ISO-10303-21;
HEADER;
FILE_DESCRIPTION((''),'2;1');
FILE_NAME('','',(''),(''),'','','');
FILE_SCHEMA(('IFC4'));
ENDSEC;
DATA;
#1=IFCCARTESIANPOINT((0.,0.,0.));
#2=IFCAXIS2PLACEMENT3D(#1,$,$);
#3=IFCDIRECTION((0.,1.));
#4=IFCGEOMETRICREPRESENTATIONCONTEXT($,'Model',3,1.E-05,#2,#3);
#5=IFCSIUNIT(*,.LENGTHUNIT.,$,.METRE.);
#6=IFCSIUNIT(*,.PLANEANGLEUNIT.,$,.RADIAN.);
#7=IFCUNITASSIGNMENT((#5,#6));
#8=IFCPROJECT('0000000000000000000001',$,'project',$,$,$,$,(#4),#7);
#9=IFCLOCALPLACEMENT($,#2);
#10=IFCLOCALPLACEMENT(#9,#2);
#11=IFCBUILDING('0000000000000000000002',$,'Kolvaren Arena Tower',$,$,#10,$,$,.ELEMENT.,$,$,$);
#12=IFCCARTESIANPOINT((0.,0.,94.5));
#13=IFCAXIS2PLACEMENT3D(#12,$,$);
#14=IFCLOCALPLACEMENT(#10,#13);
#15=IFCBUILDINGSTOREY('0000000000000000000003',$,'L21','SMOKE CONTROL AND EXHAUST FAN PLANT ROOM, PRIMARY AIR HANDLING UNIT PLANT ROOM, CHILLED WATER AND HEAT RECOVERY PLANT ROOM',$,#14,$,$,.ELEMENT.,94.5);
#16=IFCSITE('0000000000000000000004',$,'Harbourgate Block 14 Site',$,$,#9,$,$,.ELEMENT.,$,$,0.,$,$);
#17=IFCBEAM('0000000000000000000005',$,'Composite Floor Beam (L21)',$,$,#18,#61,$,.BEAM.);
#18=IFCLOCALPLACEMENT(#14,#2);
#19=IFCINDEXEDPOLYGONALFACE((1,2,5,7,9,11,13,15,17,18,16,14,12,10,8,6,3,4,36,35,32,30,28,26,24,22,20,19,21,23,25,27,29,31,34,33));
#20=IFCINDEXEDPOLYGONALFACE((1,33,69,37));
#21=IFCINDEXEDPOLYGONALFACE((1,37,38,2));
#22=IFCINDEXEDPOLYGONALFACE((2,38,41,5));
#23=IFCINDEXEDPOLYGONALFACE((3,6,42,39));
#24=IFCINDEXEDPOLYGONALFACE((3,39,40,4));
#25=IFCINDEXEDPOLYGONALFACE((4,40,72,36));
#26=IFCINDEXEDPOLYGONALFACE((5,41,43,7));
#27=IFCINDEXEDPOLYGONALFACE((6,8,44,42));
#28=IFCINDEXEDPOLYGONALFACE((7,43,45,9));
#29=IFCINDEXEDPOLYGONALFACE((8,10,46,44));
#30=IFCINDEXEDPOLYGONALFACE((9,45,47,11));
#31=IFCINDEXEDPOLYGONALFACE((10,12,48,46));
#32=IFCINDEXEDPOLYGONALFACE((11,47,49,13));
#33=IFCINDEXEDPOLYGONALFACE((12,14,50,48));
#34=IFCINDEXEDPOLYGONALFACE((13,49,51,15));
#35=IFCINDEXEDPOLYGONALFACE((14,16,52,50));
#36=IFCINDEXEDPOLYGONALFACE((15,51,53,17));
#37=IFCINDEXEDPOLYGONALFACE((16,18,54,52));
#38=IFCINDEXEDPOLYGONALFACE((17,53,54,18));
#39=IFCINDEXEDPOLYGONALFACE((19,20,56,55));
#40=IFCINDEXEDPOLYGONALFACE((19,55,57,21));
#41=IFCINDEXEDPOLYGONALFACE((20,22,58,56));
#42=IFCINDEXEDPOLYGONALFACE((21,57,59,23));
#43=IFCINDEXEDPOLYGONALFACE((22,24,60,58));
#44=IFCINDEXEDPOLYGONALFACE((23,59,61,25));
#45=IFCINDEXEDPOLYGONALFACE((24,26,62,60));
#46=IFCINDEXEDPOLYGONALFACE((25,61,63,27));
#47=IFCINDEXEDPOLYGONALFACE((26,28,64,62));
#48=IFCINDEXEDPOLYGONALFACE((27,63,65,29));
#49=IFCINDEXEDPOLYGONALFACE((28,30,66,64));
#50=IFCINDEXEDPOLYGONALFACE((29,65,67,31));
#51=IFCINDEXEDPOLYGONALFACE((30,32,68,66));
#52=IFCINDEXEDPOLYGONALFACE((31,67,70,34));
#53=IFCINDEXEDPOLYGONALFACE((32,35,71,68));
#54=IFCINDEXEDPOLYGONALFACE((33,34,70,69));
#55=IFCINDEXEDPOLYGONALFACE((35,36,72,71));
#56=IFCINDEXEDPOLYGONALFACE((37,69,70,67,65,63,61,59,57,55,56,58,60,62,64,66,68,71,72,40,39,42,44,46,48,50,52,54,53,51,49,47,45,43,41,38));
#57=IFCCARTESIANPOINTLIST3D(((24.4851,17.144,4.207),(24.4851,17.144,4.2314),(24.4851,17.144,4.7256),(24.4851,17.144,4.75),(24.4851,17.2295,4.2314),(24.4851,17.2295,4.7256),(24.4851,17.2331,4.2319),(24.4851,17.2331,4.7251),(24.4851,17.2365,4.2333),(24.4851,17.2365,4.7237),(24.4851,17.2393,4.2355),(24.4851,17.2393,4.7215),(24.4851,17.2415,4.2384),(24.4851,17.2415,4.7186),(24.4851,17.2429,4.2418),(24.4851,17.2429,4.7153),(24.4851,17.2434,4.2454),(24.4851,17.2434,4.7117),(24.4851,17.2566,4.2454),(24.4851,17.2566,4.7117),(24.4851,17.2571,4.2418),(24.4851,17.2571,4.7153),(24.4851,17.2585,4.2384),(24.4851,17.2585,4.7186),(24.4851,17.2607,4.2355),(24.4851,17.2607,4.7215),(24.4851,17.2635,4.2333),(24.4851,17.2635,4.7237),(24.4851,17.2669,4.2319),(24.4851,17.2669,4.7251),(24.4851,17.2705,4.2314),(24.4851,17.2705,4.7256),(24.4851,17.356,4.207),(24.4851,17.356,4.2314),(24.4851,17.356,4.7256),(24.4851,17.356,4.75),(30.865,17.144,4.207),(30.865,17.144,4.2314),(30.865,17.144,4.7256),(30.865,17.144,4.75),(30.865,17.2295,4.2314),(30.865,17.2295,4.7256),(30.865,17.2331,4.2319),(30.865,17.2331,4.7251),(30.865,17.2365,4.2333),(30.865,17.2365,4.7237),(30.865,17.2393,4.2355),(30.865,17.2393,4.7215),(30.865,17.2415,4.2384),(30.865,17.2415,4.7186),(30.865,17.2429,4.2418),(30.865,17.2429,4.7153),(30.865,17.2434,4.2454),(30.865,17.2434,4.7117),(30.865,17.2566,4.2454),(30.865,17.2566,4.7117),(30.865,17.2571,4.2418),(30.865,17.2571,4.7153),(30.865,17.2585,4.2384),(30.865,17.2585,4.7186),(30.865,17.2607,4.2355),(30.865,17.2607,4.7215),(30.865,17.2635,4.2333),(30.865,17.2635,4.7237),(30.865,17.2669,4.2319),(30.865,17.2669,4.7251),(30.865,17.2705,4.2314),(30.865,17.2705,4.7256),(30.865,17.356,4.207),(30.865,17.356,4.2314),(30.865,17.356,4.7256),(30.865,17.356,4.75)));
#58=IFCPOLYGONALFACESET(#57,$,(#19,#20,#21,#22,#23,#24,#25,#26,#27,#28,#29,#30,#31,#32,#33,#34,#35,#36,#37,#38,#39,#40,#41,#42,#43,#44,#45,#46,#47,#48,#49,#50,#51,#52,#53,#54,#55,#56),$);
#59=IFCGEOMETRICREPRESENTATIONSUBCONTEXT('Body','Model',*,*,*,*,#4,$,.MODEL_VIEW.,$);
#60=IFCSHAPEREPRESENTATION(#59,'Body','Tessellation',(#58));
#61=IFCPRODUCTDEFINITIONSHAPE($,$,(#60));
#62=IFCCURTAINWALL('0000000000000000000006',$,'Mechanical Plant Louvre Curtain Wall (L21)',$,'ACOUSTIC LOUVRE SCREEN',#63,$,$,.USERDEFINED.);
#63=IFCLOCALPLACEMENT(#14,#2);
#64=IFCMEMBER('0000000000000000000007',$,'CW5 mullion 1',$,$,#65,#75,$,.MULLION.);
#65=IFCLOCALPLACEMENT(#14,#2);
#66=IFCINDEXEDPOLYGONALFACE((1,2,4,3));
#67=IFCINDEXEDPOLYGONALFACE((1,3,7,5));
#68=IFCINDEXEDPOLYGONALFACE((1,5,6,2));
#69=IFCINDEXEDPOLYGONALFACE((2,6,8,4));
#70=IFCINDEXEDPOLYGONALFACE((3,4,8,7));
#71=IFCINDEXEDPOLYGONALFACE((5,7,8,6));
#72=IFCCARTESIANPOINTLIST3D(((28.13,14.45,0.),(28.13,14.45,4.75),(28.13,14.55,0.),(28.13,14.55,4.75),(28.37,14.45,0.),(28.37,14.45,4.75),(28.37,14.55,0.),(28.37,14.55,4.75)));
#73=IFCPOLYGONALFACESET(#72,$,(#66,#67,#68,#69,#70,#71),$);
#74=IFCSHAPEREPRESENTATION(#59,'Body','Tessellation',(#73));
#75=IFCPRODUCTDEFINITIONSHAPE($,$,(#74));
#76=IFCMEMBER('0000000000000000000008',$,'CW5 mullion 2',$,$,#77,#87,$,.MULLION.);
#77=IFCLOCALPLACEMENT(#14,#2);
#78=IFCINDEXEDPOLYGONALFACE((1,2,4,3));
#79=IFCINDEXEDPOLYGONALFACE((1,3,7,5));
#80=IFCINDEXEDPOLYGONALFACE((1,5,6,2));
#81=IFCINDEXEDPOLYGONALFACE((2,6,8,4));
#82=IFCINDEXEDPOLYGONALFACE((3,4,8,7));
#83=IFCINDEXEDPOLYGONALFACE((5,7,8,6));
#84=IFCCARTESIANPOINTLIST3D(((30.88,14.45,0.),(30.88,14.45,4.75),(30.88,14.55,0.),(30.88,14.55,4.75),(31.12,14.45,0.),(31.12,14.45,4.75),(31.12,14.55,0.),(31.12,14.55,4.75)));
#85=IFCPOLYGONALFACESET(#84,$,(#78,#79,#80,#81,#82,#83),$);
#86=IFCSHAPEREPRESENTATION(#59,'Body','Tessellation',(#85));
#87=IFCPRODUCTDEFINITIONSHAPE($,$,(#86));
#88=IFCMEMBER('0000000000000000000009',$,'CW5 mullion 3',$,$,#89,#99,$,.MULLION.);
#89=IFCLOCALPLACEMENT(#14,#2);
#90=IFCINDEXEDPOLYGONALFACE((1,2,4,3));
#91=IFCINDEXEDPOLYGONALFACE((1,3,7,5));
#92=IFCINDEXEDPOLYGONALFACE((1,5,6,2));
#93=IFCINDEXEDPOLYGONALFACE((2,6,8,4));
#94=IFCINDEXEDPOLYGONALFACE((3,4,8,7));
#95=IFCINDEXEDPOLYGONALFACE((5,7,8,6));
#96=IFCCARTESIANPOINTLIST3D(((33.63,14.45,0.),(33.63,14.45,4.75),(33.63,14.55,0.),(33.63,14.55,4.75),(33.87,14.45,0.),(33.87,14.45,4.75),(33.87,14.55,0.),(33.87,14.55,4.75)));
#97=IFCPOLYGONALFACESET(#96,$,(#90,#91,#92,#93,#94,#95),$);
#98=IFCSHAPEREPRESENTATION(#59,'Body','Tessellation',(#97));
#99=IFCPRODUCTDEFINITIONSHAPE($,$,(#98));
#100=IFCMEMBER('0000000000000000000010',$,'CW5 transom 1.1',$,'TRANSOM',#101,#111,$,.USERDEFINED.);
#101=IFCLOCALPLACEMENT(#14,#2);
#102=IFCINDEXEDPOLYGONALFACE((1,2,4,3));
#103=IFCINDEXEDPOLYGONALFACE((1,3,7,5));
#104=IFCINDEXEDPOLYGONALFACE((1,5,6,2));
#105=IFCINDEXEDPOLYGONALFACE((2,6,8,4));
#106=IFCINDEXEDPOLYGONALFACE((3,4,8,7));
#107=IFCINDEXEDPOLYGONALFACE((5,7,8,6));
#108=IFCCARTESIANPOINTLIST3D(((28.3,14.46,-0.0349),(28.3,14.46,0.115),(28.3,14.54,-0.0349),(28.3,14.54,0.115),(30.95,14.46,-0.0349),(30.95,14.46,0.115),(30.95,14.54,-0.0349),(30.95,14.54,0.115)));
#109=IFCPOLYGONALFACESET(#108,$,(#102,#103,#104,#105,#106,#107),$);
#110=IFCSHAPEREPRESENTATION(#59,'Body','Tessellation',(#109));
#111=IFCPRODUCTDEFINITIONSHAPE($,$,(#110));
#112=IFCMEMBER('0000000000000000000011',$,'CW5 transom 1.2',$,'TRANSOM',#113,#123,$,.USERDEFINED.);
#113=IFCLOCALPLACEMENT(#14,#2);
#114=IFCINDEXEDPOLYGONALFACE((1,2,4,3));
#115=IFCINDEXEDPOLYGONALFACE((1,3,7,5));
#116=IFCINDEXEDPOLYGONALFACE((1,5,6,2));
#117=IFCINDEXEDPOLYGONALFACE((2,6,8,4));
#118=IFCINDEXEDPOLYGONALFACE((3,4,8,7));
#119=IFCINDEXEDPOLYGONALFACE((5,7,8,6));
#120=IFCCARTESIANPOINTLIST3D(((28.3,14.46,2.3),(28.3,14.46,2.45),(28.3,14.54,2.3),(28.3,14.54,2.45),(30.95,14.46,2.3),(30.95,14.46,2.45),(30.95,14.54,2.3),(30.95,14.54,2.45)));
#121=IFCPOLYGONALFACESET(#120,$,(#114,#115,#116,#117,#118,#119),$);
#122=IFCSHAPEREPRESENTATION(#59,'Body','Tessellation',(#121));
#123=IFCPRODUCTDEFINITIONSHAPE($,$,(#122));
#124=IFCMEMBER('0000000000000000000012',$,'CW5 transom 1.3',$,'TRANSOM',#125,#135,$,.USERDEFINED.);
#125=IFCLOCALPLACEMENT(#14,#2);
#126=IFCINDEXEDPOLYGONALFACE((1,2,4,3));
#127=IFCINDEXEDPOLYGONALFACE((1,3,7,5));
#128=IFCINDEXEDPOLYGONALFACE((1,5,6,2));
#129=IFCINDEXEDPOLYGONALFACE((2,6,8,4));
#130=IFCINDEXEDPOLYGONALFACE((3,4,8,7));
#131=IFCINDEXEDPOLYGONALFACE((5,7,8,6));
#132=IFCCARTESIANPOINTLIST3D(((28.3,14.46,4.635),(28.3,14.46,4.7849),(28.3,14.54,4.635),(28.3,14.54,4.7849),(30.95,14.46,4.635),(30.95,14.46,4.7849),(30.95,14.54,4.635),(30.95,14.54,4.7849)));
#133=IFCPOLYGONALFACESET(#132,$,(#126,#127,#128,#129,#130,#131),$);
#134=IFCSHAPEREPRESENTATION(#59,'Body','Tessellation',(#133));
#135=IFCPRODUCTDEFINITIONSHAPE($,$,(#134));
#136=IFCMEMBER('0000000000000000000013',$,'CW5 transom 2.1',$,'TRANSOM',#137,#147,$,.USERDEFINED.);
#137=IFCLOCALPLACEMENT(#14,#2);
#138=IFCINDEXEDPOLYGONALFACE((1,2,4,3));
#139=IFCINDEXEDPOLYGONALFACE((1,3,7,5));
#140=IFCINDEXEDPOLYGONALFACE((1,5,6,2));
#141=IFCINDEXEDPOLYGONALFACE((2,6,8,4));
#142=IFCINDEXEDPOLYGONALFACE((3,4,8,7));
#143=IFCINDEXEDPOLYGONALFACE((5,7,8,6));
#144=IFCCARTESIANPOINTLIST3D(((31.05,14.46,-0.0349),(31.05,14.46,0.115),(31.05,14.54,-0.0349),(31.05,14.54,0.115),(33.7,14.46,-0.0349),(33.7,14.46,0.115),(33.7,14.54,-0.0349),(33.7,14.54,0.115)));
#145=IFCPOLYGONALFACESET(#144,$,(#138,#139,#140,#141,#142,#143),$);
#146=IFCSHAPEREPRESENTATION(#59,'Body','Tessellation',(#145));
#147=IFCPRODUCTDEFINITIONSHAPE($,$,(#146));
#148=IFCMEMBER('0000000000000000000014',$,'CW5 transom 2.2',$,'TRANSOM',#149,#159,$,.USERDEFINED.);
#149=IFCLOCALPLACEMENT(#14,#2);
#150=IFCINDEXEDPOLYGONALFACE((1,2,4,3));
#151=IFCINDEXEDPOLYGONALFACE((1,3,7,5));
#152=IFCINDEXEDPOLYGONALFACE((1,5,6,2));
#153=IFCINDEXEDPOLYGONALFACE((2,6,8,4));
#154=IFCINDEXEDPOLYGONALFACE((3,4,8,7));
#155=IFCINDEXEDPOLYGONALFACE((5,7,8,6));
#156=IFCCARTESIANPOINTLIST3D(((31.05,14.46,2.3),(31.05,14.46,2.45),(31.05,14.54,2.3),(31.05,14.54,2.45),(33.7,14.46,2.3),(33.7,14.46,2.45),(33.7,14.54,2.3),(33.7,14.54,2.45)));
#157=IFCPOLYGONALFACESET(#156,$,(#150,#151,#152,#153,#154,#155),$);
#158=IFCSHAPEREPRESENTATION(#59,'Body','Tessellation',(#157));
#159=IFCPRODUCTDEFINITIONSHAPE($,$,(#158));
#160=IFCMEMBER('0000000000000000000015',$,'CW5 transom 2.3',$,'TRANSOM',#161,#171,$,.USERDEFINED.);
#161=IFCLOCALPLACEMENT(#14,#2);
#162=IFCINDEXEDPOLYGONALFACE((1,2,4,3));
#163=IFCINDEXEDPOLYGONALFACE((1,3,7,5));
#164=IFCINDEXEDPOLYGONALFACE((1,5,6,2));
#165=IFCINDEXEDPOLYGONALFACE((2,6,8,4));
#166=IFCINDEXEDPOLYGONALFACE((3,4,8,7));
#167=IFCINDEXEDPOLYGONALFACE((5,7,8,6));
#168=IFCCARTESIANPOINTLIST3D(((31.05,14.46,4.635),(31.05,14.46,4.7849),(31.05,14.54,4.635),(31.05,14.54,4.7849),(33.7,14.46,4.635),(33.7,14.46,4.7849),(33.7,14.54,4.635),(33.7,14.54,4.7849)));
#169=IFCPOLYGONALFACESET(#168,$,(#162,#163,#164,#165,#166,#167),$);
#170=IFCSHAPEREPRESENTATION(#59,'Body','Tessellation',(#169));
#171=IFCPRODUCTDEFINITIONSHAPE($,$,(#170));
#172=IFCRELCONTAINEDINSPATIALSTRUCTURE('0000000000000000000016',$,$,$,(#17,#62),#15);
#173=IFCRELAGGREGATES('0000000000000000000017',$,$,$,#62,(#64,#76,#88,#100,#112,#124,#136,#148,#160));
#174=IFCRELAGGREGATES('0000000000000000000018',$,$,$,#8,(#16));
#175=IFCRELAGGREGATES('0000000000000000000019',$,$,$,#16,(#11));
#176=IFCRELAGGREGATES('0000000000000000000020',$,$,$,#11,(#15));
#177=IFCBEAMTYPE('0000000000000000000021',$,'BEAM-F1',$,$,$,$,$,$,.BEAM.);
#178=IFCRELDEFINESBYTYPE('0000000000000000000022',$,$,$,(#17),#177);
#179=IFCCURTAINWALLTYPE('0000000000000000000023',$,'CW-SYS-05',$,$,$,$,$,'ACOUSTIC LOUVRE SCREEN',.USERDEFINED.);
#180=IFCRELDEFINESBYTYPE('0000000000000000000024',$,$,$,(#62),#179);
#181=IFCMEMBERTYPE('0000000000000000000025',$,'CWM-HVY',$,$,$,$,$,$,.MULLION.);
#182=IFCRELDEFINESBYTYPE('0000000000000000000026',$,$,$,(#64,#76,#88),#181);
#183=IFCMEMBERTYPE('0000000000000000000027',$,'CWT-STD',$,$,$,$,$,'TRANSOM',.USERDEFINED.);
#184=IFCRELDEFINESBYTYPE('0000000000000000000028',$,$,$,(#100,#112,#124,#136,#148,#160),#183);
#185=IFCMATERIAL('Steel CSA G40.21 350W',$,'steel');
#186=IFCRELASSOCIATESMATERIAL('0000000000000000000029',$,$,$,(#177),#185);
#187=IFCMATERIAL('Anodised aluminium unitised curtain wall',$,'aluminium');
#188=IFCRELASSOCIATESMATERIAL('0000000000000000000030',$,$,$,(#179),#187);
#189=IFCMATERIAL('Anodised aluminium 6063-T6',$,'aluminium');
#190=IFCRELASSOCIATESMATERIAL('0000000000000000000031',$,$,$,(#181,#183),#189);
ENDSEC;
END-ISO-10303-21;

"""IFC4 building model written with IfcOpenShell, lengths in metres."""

from ifc_helpers import new_model, si_unit, direction, frame, origin, origin_2d, place, context, subcontext, project, spatial, rectangle, i_section, extrude, material, material_profile, profile_set, type_object, element, aggregate, save


model = new_model("IFC4")

# Units and contexts
model_context = context("Model", 3, precision=1e-05, world=origin(), true_north=direction((0.0, 1.0)))
body_context = subcontext(model_context, "Body", "Model", "MODEL_VIEW")
ifc_project = project(units=[si_unit("LENGTHUNIT", "METRE"), si_unit("PLANEANGLEUNIT", "RADIAN")], contexts=[model_context])

# Site, building, storey
site_placement = place(None, origin())
site = spatial("IfcSite", under=ifc_project, at=site_placement, Name="Harbourgate Block 14 Site", CompositionType="ELEMENT", RefElevation=0.0)
building_placement = place(site_placement, origin())
building = spatial("IfcBuilding", under=site, at=building_placement, Name="Kolvaren Arena Tower", CompositionType="ELEMENT")
storey_placement = place(building_placement, frame((0.0, 0.0, 94.5)))
storey = spatial("IfcBuildingStorey", under=building, at=storey_placement, Name="L21", Description="SMOKE CONTROL AND EXHAUST FAN PLANT ROOM, PRIMARY AIR HANDLING UNIT PLANT ROOM, CHILLED WATER AND HEAT RECOVERY PLANT ROOM", CompositionType="ELEMENT", Elevation=94.5)

# Beam
ifc_material_1 = material(Name="Steel CSA G40.21 350W", Category="steel")
ifc_material_profile_1 = material_profile(ifc_material_1, i_section(OverallWidth=0.2119, OverallDepth=0.543, WebThickness=0.0132, FlangeThickness=0.0244, FilletRadius=0.0139, at=origin_2d()), Name="W530x150")
ifc_profile_set_1 = profile_set([ifc_material_profile_1], Name="Steel CSA G40.21 350W")
beam_type_1 = type_object("IfcBeamType", Name="BEAM-F1", PredefinedType="BEAM", material=ifc_profile_set_1)
beam_1_placement = place(storey_placement, frame((24.4851, 17.25, 4.4785), z_axis=(1.0, 0.0, 0.0), x_axis=(0.0, 1.0, 0.0)))
element("IfcBeam", 1, at=beam_1_placement, inside=storey, type_object=beam_type_1, Name="Composite Floor Beam (L21)", PredefinedType="BEAM", context=body_context, shape_type="SweptSolid", body=[
    extrude(i_section(OverallWidth=0.2119, OverallDepth=0.543, WebThickness=0.0132, FlangeThickness=0.0244, FilletRadius=0.0139, at=origin_2d()), origin(), (0.0, 0.0, 1.0), 6.3799),
])

# Curtain wall, members
ifc_material_2 = material(Name="Anodised aluminium unitised curtain wall", Category="aluminium")
curtain_wall_type = type_object("IfcCurtainWallType", Name="CW-SYS-05", ElementType="ACOUSTIC LOUVRE SCREEN", PredefinedType="USERDEFINED", material=ifc_material_2)
curtain_wall_placement = place(storey_placement, origin())
curtain_wall = element("IfcCurtainWall", 2, at=curtain_wall_placement, inside=storey, type_object=curtain_wall_type, Name="Mechanical Plant Louvre Curtain Wall (L21)", ObjectType="ACOUSTIC LOUVRE SCREEN", PredefinedType="USERDEFINED")
ifc_material_3 = material(Name="Anodised aluminium 6063-T6", Category="aluminium")
ifc_material_profile_2 = material_profile(ifc_material_3, rectangle(XDim=0.1001, YDim=0.24, at=origin_2d()), Name="ALU-100x240")
ifc_profile_set_2 = profile_set([ifc_material_profile_2], Name="Anodised aluminium 6063-T6")
member_type_1 = type_object("IfcMemberType", Name="CWM-HVY", PredefinedType="MULLION", material=ifc_profile_set_2)
member_1_placement = place(storey_placement, frame((28.25, 14.5, 0.0), z_axis=(0.0, 0.0, 1.0), x_axis=(0.0, 1.0, 0.0)))
member_1 = element("IfcMember", 3, at=member_1_placement, type_object=member_type_1, Name="CW5 mullion 1", PredefinedType="MULLION", context=body_context, shape_type="SweptSolid", body=[
    extrude(rectangle(XDim=0.1001, YDim=0.24, at=origin_2d()), origin(), (0.0, 0.0, 1.0), 4.75),
])
member_2_placement = place(storey_placement, frame((31.0, 14.5, 0.0), z_axis=(0.0, 0.0, 1.0), x_axis=(0.0, 1.0, 0.0)))
member_2 = element("IfcMember", 4, at=member_2_placement, type_object=member_type_1, Name="CW5 mullion 2", PredefinedType="MULLION", context=body_context, shape_type="SweptSolid", body=[
    extrude(rectangle(XDim=0.1001, YDim=0.24, at=origin_2d()), origin(), (0.0, 0.0, 1.0), 4.75),
])
member_3_placement = place(storey_placement, frame((33.75, 14.5, 0.0), z_axis=(0.0, 0.0, 1.0), x_axis=(0.0, 1.0, 0.0)))
member_3 = element("IfcMember", 5, at=member_3_placement, type_object=member_type_1, Name="CW5 mullion 3", PredefinedType="MULLION", context=body_context, shape_type="SweptSolid", body=[
    extrude(rectangle(XDim=0.1001, YDim=0.24, at=origin_2d()), origin(), (0.0, 0.0, 1.0), 4.75),
])
ifc_material_profile_3 = material_profile(ifc_material_3, rectangle(XDim=0.0801, YDim=0.1499, at=origin_2d()), Name="ALU-80x150")
ifc_profile_set_3 = profile_set([ifc_material_profile_3], Name="Anodised aluminium 6063-T6")
member_type_2 = type_object("IfcMemberType", Name="CWT-STD", ElementType="TRANSOM", PredefinedType="USERDEFINED", material=ifc_profile_set_3)
member_4_placement = place(storey_placement, frame((28.3, 14.5, 0.04), z_axis=(1.0, 0.0, 0.0), x_axis=(0.0, 1.0, 0.0)))
member_4 = element("IfcMember", 6, at=member_4_placement, type_object=member_type_2, Name="CW5 transom 1.1", ObjectType="TRANSOM", PredefinedType="USERDEFINED", context=body_context, shape_type="SweptSolid", body=[
    extrude(rectangle(XDim=0.0801, YDim=0.1499, at=origin_2d()), origin(), (0.0, 0.0, 1.0), 2.6499),
])
member_5_placement = place(storey_placement, frame((28.3, 14.5, 2.375), z_axis=(1.0, 0.0, 0.0), x_axis=(0.0, 1.0, 0.0)))
member_5 = element("IfcMember", 7, at=member_5_placement, type_object=member_type_2, Name="CW5 transom 1.2", ObjectType="TRANSOM", PredefinedType="USERDEFINED", context=body_context, shape_type="SweptSolid", body=[
    extrude(rectangle(XDim=0.0801, YDim=0.1499, at=origin_2d()), origin(), (0.0, 0.0, 1.0), 2.6499),
])
member_6_placement = place(storey_placement, frame((28.3, 14.5, 4.71), z_axis=(1.0, 0.0, 0.0), x_axis=(0.0, 1.0, 0.0)))
member_6 = element("IfcMember", 8, at=member_6_placement, type_object=member_type_2, Name="CW5 transom 1.3", ObjectType="TRANSOM", PredefinedType="USERDEFINED", context=body_context, shape_type="SweptSolid", body=[
    extrude(rectangle(XDim=0.0801, YDim=0.1499, at=origin_2d()), origin(), (0.0, 0.0, 1.0), 2.6499),
])
member_7_placement = place(storey_placement, frame((31.05, 14.5, 0.04), z_axis=(1.0, 0.0, 0.0), x_axis=(0.0, 1.0, 0.0)))
member_7 = element("IfcMember", 9, at=member_7_placement, type_object=member_type_2, Name="CW5 transom 2.1", ObjectType="TRANSOM", PredefinedType="USERDEFINED", context=body_context, shape_type="SweptSolid", body=[
    extrude(rectangle(XDim=0.0801, YDim=0.1499, at=origin_2d()), origin(), (0.0, 0.0, 1.0), 2.6499),
])
member_8_placement = place(storey_placement, frame((31.05, 14.5, 2.375), z_axis=(1.0, 0.0, 0.0), x_axis=(0.0, 1.0, 0.0)))
member_8 = element("IfcMember", 10, at=member_8_placement, type_object=member_type_2, Name="CW5 transom 2.2", ObjectType="TRANSOM", PredefinedType="USERDEFINED", context=body_context, shape_type="SweptSolid", body=[
    extrude(rectangle(XDim=0.0801, YDim=0.1499, at=origin_2d()), origin(), (0.0, 0.0, 1.0), 2.6499),
])
member_9_placement = place(storey_placement, frame((31.05, 14.5, 4.71), z_axis=(1.0, 0.0, 0.0), x_axis=(0.0, 1.0, 0.0)))
member_9 = element("IfcMember", 11, at=member_9_placement, type_object=member_type_2, Name="CW5 transom 2.3", ObjectType="TRANSOM", PredefinedType="USERDEFINED", context=body_context, shape_type="SweptSolid", body=[
    extrude(rectangle(XDim=0.0801, YDim=0.1499, at=origin_2d()), origin(), (0.0, 0.0, 1.0), 2.6499),
])

aggregate(curtain_wall, [member_1, member_2, member_3, member_4, member_5, member_6, member_7, member_8, member_9])

save(model, "model.ifc")
